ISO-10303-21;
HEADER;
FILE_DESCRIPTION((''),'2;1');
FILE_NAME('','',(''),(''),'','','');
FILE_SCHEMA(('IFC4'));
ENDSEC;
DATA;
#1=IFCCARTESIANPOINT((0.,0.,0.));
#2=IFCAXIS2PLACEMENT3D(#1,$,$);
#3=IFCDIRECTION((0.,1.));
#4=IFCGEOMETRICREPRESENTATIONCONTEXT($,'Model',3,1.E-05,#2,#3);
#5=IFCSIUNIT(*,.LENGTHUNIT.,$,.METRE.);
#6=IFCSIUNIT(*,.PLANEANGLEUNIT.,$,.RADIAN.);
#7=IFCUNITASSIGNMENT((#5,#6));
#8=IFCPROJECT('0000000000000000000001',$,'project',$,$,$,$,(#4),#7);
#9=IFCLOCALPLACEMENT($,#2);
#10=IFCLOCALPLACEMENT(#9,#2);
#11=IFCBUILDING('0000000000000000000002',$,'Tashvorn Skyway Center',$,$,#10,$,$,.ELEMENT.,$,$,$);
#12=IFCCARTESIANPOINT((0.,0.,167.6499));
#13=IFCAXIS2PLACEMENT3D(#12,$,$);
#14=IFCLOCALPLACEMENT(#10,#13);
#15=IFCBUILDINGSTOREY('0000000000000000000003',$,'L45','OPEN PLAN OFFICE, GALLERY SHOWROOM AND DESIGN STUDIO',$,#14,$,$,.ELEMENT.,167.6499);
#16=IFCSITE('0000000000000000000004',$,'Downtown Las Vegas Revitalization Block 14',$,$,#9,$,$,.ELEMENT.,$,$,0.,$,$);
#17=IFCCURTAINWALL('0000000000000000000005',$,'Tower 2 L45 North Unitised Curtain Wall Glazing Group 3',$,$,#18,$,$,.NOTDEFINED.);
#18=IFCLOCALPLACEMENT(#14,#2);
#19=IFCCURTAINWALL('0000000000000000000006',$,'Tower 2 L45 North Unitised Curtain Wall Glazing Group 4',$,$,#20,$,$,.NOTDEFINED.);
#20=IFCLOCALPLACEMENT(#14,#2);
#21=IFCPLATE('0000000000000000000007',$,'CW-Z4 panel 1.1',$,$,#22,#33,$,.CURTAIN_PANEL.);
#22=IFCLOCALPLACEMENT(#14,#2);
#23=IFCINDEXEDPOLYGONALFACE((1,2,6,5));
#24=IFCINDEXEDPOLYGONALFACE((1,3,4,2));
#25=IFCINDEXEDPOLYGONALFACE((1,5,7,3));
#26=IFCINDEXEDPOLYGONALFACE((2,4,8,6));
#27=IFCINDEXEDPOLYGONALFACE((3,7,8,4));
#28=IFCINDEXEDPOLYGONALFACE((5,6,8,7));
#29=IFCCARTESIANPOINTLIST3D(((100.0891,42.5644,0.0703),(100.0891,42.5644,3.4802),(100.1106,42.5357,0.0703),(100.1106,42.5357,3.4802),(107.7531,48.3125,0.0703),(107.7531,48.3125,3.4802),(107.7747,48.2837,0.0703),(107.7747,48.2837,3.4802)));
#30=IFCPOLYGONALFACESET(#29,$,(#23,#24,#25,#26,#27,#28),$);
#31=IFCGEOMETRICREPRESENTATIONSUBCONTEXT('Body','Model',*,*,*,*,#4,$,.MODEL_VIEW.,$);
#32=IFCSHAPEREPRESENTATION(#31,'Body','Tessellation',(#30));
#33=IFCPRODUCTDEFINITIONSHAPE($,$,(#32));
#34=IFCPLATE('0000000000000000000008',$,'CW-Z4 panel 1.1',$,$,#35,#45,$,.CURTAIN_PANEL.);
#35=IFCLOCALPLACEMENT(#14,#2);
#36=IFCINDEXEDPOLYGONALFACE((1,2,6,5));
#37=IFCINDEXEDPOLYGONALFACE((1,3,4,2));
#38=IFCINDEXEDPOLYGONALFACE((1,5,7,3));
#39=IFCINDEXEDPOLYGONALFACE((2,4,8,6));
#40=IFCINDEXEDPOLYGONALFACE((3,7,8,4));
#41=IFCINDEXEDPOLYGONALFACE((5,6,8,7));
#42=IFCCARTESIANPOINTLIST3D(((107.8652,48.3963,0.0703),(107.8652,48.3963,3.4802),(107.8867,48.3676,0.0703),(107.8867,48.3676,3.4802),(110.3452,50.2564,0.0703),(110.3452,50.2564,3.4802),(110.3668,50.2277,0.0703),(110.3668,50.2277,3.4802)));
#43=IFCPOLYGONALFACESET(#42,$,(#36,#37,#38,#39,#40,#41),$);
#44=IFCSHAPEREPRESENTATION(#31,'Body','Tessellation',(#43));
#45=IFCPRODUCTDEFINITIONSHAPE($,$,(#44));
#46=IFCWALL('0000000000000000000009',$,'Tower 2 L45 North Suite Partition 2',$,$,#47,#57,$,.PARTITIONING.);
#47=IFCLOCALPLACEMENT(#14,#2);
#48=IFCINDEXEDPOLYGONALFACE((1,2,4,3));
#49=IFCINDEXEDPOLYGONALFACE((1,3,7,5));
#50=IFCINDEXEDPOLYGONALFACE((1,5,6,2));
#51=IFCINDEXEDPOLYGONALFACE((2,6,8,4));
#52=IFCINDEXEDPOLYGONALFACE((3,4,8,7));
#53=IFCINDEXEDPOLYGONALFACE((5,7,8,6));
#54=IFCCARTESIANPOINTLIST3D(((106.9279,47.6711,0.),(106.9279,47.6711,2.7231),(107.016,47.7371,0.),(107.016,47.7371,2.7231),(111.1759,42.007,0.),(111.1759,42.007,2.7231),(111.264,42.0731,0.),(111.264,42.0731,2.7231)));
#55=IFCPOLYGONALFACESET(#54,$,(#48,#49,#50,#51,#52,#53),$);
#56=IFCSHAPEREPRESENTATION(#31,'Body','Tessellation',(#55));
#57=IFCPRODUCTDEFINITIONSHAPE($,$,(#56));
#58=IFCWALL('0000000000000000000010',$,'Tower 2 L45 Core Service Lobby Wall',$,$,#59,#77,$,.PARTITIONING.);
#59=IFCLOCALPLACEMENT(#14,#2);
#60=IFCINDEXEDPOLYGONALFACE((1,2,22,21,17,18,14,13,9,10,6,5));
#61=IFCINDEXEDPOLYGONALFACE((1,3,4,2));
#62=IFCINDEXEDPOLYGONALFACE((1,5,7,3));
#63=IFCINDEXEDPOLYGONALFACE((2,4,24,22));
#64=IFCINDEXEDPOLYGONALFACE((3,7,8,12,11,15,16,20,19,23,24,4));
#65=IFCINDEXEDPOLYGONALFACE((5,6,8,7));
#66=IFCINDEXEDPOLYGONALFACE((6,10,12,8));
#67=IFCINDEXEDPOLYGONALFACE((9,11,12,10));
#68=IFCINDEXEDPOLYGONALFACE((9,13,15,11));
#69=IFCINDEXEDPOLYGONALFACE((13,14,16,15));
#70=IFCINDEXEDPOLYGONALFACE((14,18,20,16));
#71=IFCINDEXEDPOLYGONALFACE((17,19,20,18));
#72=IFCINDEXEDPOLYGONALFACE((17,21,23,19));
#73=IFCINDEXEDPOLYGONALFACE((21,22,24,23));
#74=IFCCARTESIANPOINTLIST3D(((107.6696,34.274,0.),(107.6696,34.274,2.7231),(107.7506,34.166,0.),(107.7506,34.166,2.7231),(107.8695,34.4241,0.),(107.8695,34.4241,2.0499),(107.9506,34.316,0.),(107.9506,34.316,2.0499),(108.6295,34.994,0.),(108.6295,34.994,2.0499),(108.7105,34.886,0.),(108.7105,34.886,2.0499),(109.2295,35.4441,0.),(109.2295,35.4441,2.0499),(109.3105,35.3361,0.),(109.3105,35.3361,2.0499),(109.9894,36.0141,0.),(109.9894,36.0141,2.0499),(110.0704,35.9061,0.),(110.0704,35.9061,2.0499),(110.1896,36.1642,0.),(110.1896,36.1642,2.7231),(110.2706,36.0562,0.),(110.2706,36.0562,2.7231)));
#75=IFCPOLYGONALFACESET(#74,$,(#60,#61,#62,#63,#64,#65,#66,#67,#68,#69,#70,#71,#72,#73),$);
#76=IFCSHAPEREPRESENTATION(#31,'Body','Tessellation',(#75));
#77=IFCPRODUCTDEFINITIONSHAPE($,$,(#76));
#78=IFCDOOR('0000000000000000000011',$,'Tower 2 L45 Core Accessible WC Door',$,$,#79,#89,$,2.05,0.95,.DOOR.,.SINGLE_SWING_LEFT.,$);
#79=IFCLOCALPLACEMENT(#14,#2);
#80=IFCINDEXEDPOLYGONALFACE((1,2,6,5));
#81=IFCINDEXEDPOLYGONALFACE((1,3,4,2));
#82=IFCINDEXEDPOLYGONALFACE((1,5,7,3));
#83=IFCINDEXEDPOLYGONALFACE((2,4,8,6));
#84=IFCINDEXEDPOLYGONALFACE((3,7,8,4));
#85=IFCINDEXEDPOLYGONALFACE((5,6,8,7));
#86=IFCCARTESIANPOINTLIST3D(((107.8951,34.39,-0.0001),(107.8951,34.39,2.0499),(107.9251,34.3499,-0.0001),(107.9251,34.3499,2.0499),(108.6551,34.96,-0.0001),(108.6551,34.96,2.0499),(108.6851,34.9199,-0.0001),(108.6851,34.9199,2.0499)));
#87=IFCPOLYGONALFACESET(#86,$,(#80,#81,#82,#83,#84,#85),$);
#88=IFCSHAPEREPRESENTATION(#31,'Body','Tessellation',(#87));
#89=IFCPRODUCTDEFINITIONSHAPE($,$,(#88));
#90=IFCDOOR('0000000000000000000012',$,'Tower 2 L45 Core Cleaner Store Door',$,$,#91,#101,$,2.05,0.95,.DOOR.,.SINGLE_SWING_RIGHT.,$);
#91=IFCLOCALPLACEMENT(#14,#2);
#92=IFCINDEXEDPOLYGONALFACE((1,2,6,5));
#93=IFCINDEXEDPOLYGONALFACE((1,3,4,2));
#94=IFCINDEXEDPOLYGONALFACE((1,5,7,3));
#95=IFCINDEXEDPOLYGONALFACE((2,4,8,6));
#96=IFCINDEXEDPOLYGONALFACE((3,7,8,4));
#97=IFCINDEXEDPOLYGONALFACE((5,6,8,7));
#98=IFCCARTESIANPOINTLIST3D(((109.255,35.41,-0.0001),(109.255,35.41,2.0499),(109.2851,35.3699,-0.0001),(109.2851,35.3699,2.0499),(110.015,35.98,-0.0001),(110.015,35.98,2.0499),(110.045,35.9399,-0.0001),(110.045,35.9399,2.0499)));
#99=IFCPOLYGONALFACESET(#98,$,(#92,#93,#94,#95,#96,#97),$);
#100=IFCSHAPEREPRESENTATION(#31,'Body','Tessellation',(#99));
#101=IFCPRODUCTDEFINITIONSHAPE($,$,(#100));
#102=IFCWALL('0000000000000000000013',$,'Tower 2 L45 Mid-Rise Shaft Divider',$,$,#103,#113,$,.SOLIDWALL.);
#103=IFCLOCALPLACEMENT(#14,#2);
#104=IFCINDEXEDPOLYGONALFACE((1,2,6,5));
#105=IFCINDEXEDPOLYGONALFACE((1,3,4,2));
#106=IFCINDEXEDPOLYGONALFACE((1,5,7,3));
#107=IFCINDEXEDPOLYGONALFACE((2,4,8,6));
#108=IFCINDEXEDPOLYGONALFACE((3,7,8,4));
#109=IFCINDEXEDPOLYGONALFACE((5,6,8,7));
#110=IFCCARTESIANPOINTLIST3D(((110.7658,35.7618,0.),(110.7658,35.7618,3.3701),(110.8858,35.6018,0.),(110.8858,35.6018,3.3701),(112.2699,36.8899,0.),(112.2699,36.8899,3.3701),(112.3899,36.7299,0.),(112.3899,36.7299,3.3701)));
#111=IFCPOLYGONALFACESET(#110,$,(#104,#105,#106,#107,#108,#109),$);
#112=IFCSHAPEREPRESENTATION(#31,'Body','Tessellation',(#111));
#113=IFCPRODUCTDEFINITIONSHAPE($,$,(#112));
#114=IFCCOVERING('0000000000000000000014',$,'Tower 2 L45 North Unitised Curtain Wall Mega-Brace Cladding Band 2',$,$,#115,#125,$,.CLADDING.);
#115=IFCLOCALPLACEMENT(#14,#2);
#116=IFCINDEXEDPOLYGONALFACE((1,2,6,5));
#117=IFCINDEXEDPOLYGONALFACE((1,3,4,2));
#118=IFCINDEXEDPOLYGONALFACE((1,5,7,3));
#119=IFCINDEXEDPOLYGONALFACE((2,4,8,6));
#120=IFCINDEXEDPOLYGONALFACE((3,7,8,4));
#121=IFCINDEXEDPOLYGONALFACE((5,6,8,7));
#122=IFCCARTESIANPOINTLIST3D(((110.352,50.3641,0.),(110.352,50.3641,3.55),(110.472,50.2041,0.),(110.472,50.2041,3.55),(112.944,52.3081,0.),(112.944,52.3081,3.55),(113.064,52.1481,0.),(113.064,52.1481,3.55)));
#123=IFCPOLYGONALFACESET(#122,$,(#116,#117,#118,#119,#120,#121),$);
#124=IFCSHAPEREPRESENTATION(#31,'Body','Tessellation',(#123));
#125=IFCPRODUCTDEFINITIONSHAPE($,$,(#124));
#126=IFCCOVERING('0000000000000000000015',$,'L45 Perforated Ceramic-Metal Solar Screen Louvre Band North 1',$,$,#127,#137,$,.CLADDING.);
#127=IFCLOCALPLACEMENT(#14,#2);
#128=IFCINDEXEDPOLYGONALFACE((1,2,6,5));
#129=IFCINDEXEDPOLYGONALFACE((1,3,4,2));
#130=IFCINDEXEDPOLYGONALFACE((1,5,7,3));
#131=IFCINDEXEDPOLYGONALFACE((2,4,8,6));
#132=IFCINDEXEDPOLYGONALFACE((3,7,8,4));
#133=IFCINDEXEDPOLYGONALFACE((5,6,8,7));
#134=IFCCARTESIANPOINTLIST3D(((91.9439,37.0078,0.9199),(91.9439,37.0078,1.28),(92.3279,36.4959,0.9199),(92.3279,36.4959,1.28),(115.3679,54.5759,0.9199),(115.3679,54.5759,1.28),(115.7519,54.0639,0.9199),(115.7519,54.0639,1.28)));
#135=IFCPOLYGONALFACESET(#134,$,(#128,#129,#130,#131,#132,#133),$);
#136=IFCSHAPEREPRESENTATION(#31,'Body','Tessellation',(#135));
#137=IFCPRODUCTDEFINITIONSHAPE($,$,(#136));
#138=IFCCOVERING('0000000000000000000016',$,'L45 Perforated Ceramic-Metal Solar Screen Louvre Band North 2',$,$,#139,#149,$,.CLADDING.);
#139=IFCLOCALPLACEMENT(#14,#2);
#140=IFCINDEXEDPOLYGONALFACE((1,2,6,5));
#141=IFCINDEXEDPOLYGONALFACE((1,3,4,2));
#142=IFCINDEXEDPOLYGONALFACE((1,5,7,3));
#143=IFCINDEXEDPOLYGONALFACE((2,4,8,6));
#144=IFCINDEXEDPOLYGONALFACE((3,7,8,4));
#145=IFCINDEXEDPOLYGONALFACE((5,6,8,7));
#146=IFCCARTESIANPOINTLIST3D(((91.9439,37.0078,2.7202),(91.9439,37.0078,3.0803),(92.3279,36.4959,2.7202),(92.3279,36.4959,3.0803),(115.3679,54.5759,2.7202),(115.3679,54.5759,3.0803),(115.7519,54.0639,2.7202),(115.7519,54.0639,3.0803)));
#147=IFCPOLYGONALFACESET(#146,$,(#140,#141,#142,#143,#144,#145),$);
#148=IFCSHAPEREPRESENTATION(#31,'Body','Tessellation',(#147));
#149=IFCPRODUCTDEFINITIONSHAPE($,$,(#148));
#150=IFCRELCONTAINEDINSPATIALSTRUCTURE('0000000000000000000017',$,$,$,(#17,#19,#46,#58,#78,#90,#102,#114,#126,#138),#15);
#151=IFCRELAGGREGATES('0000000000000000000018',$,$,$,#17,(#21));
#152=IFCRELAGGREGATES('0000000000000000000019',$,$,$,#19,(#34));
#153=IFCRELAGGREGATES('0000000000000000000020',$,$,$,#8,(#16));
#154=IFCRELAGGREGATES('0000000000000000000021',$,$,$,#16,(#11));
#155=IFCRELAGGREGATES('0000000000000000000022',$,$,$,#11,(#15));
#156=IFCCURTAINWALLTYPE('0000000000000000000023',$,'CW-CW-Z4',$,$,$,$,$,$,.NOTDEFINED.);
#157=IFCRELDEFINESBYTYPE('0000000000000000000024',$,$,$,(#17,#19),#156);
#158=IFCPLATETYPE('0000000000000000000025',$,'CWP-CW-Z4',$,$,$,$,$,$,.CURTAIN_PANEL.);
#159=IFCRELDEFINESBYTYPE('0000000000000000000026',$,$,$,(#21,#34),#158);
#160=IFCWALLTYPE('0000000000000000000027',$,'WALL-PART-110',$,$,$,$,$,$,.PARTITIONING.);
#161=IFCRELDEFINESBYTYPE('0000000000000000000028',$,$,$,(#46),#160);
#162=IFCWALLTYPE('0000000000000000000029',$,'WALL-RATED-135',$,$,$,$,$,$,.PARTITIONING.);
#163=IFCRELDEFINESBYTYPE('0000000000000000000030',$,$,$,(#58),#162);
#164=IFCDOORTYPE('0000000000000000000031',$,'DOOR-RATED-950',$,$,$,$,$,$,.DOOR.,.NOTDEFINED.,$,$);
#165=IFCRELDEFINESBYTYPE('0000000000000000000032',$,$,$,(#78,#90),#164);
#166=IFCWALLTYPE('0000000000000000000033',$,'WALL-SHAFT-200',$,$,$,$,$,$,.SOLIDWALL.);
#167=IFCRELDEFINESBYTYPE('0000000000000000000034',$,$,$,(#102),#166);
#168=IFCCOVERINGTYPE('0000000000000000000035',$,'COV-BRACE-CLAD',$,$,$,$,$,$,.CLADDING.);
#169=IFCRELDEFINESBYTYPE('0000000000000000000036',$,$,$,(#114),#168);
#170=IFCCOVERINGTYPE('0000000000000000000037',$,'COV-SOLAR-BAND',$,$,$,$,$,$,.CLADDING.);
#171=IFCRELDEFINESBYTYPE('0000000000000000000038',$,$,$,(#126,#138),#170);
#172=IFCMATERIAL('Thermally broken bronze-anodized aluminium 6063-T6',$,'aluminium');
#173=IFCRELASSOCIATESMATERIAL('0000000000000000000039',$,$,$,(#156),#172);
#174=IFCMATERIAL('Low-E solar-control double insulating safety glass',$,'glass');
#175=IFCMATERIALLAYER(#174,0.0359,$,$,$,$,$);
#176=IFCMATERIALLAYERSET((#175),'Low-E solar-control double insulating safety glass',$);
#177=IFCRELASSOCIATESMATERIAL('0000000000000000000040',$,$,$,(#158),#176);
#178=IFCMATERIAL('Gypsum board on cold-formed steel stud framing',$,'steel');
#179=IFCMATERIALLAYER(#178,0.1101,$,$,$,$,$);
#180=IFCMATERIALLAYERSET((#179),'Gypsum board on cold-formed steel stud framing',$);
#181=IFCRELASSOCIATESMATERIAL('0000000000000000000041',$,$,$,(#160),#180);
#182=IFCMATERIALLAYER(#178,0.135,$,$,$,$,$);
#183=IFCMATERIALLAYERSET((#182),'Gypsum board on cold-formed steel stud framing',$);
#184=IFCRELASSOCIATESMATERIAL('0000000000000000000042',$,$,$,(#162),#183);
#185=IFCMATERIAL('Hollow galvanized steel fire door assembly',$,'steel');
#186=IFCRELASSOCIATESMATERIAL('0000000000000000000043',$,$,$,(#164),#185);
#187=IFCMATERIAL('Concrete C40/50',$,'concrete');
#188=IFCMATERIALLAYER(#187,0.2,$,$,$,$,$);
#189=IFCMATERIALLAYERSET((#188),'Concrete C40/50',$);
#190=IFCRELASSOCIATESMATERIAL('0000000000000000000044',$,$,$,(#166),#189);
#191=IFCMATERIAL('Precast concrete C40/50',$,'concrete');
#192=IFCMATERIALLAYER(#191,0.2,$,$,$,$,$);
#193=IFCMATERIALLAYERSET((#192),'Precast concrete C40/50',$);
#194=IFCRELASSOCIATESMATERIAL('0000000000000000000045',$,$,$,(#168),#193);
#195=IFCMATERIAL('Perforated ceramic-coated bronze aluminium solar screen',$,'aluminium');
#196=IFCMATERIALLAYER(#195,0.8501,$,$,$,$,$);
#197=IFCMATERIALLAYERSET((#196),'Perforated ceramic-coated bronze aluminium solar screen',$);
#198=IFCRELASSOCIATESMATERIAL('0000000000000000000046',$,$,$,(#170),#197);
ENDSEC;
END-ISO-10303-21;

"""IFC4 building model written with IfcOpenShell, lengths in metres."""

from ifc_helpers import new_model, si_unit, direction, frame, frame_2d, origin, origin_2d, place, context, subcontext, project, spatial, rectangle, extrude, material, layer, layer_set, type_object, element, fill, aggregate, save


model = new_model("IFC4")

# Units and contexts
model_context = context("Model", 3, precision=1e-05, world=origin(), true_north=direction((0.0, 1.0)))
body_context = subcontext(model_context, "Body", "Model", "MODEL_VIEW")
ifc_project = project(units=[si_unit("LENGTHUNIT", "METRE"), si_unit("PLANEANGLEUNIT", "RADIAN")], contexts=[model_context])

# Site, building, storey
site_placement = place(None, origin())
site = spatial("IfcSite", under=ifc_project, at=site_placement, Name="Downtown Las Vegas Revitalization Block 14", CompositionType="ELEMENT", RefElevation=0.0)
building_placement = place(site_placement, origin())
building = spatial("IfcBuilding", under=site, at=building_placement, Name="Tashvorn Skyway Center", CompositionType="ELEMENT")
storey_placement = place(building_placement, frame((0.0, 0.0, 167.6499)))
storey = spatial("IfcBuildingStorey", under=building, at=storey_placement, Name="L45", Description="OPEN PLAN OFFICE, GALLERY SHOWROOM AND DESIGN STUDIO", CompositionType="ELEMENT", Elevation=167.6499)

# Curtain wall
ifc_material_1 = material(Name="Thermally broken bronze-anodized aluminium 6063-T6", Category="aluminium")
curtain_wall_type = type_object("IfcCurtainWallType", Name="CW-CW-Z4", PredefinedType="NOTDEFINED", material=ifc_material_1)
curtain_wall_1_placement = place(storey_placement, origin())
curtain_wall_1 = element("IfcCurtainWall", 1, at=curtain_wall_1_placement, inside=storey, type_object=curtain_wall_type, Name="Tower 2 L45 North Unitised Curtain Wall Glazing Group 3", PredefinedType="NOTDEFINED")

# Curtain wall
curtain_wall_2_placement = place(storey_placement, origin())
curtain_wall_2 = element("IfcCurtainWall", 2, at=curtain_wall_2_placement, inside=storey, type_object=curtain_wall_type, Name="Tower 2 L45 North Unitised Curtain Wall Glazing Group 4", PredefinedType="NOTDEFINED")

# Plates
ifc_material_2 = material(Name="Low-E solar-control double insulating safety glass", Category="glass")
ifc_layer_1 = layer(ifc_material_2, 0.0359)
ifc_layer_set_1 = layer_set([ifc_layer_1], Name="Low-E solar-control double insulating safety glass")
plate_type = type_object("IfcPlateType", Name="CWP-CW-Z4", PredefinedType="CURTAIN_PANEL", material=ifc_layer_set_1)
plate_1_placement = place(storey_placement, frame((103.9319, 45.4241, 0.0703), z_axis=(0.0, 0.0, 1.0), x_axis=(0.8, 0.6, 0.0)))
plate_1 = element("IfcPlate", 3, at=plate_1_placement, type_object=plate_type, Name="CW-Z4 panel 1.1", PredefinedType="CURTAIN_PANEL", context=body_context, shape_type="SweptSolid", body=[
    extrude(rectangle(XDim=9.5801, YDim=0.0359, at=origin_2d()), origin(), (0.0, 0.0, 1.0), 3.4099),
])
aggregate(curtain_wall_1, [plate_1])
plate_2_placement = place(storey_placement, frame((109.116, 49.312, 0.0703), z_axis=(0.0, 0.0, 1.0), x_axis=(0.8, 0.6, 0.0)))
plate_2 = element("IfcPlate", 4, at=plate_2_placement, type_object=plate_type, Name="CW-Z4 panel 1.1", PredefinedType="CURTAIN_PANEL", context=body_context, shape_type="SweptSolid", body=[
    extrude(rectangle(XDim=3.1001, YDim=0.0359, at=origin_2d()), origin(), (0.0, 0.0, 1.0), 3.4099),
])
aggregate(curtain_wall_2, [plate_2])

# Wall
ifc_material_3 = material(Name="Gypsum board on cold-formed steel stud framing", Category="steel")
ifc_layer_2 = layer(ifc_material_3, 0.1101)
ifc_layer_set_2 = layer_set([ifc_layer_2], Name="Gypsum board on cold-formed steel stud framing")
wall_type_1 = type_object("IfcWallType", Name="WALL-PART-110", PredefinedType="PARTITIONING", material=ifc_layer_set_2)
wall_1_placement = place(storey_placement, frame((111.22, 42.04, 0.0), z_axis=(0.0, 0.0, 1.0), x_axis=(-0.6, 0.8, 0.0)))
element("IfcWall", 5, at=wall_1_placement, inside=storey, type_object=wall_type_1, Name="Tower 2 L45 North Suite Partition 2", PredefinedType="PARTITIONING", context=body_context, shape_type="SweptSolid", body=[
    extrude(rectangle(XDim=7.0801, YDim=0.1101, at=frame_2d((3.54, 0.0))), origin(), (0.0, 0.0, 1.0), 2.7231),
])

# Wall, openings, doors
ifc_layer_3 = layer(ifc_material_3, 0.135)
ifc_layer_set_3 = layer_set([ifc_layer_3], Name="Gypsum board on cold-formed steel stud framing")
wall_type_2 = type_object("IfcWallType", Name="WALL-RATED-135", PredefinedType="PARTITIONING", material=ifc_layer_set_3)
wall_2_placement = place(storey_placement, frame((107.71, 34.22, 0.0), z_axis=(0.0, 0.0, 1.0), x_axis=(0.799981, 0.600025, 0.0)))
wall_2 = element("IfcWall", 6, at=wall_2_placement, inside=storey, type_object=wall_type_2, Name="Tower 2 L45 Core Service Lobby Wall", PredefinedType="PARTITIONING", context=body_context, shape_type="SweptSolid", body=[
    extrude(rectangle(XDim=3.1501, YDim=0.135, at=frame_2d((1.5752, 0.0))), origin(), (0.0, 0.0, 1.0), 2.7231),
])
opening_1_placement = place(wall_2_placement, frame((0.25, 0.0, 0.0)))
opening_1 = element("IfcOpeningElement", 7, at=opening_1_placement, cuts=wall_2, PredefinedType="OPENING", context=body_context, shape_type="SweptSolid", body=[
    extrude(rectangle(XDim=0.95, YDim=2.05, at=frame_2d((0.4751, 1.0249))), frame((0.0, 0.0774, 0.0), z_axis=(0.0, -1.0, 0.0), x_axis=(1.0, 0.0, 0.0)), (0.0, 0.0, 1.0), 0.155),
])
opening_2_placement = place(wall_2_placement, frame((1.95, 0.0, 0.0)))
opening_2 = element("IfcOpeningElement", 8, at=opening_2_placement, cuts=wall_2, PredefinedType="OPENING", context=body_context, shape_type="SweptSolid", body=[
    extrude(rectangle(XDim=0.95, YDim=2.05, at=frame_2d((0.4751, 1.0249))), frame((0.0, 0.0774, 0.0), z_axis=(0.0, -1.0, 0.0), x_axis=(1.0, 0.0, 0.0)), (0.0, 0.0, 1.0), 0.155),
])
ifc_material_4 = material(Name="Hollow galvanized steel fire door assembly", Category="steel")
door_type = type_object("IfcDoorType", Name="DOOR-RATED-950", OperationType="NOTDEFINED", PredefinedType="DOOR", material=ifc_material_4)
door_1_placement = place(opening_1_placement, origin())
door_1 = element("IfcDoor", 9, at=door_1_placement, inside=storey, type_object=door_type, Name="Tower 2 L45 Core Accessible WC Door", OperationType="SINGLE_SWING_LEFT", OverallHeight=2.05, OverallWidth=0.95, PredefinedType="DOOR", context=body_context, shape_type="SweptSolid", body=[
    extrude(rectangle(XDim=0.95, YDim=2.05, at=frame_2d((0.4751, 1.0249))), frame((0.0, 0.0249, 0.0), z_axis=(0.0, -1.0, 0.0), x_axis=(1.0, 0.0, 0.0)), (0.0, 0.0, 1.0), 0.05),
])
fill(opening_1, door_1)
door_2_placement = place(opening_2_placement, origin())
door_2 = element("IfcDoor", 10, at=door_2_placement, inside=storey, type_object=door_type, Name="Tower 2 L45 Core Cleaner Store Door", OperationType="SINGLE_SWING_RIGHT", OverallHeight=2.05, OverallWidth=0.95, PredefinedType="DOOR", context=body_context, shape_type="SweptSolid", body=[
    extrude(rectangle(XDim=0.95, YDim=2.05, at=frame_2d((0.4751, 1.0249))), frame((0.0, 0.0249, 0.0), z_axis=(0.0, -1.0, 0.0), x_axis=(1.0, 0.0, 0.0)), (0.0, 0.0, 1.0), 0.05),
])
fill(opening_2, door_2)

# Wall
ifc_material_5 = material(Name="Concrete C40/50", Category="concrete")
ifc_layer_4 = layer(ifc_material_5, 0.2)
ifc_layer_set_4 = layer_set([ifc_layer_4], Name="Concrete C40/50")
wall_type_3 = type_object("IfcWallType", Name="WALL-SHAFT-200", PredefinedType="SOLIDWALL", material=ifc_layer_set_4)
wall_3_placement = place(storey_placement, frame((110.8259, 35.6819, 0.0), z_axis=(0.0, 0.0, 1.0), x_axis=(0.799984, 0.600021, 0.0)))
element("IfcWall", 11, at=wall_3_placement, inside=storey, type_object=wall_type_3, Name="Tower 2 L45 Mid-Rise Shaft Divider", PredefinedType="SOLIDWALL", context=body_context, shape_type="SweptSolid", body=[
    extrude(rectangle(XDim=1.8801, YDim=0.2, at=frame_2d((0.9399, 0.0))), origin(), (0.0, 0.0, 1.0), 3.3701),
])

# Coverings
ifc_material_6 = material(Name="Precast concrete C40/50", Category="concrete")
ifc_layer_5 = layer(ifc_material_6, 0.2)
ifc_layer_set_5 = layer_set([ifc_layer_5], Name="Precast concrete C40/50")
covering_type_1 = type_object("IfcCoveringType", Name="COV-BRACE-CLAD", PredefinedType="CLADDING", material=ifc_layer_set_5)
covering_placement = place(storey_placement, frame((111.708, 51.2561, 0.0), z_axis=(0.0, 0.0, 1.0), x_axis=(0.8, 0.6, 0.0)))
element("IfcCovering", 12, at=covering_placement, inside=storey, type_object=covering_type_1, Name="Tower 2 L45 North Unitised Curtain Wall Mega-Brace Cladding Band 2", PredefinedType="CLADDING", context=body_context, shape_type="SweptSolid", body=[
    extrude(rectangle(XDim=3.24, YDim=0.2, at=origin_2d()), origin(), (0.0, 0.0, 1.0), 3.55),
])
ifc_material_7 = material(Name="Perforated ceramic-coated bronze aluminium solar screen", Category="aluminium")
ifc_layer_6 = layer(ifc_material_7, 0.8501)
ifc_layer_set_6 = layer_set([ifc_layer_6], Name="Perforated ceramic-coated bronze aluminium solar screen")
covering_type_2 = type_object("IfcCoveringType", Name="COV-SOLAR-BAND", PredefinedType="CLADDING", material=ifc_layer_set_6)
for number, where, z_axis, x_axis, name in (
    (13, (103.8479, 45.5359, 0.9199), (0.0, 0.0, 1.0), (0.8, 0.6, 0.0), "L45 Perforated Ceramic-Metal Solar Screen Louvre Band North 1"),
    (14, (103.8479, 45.5359, 2.7202), (0.0, 0.0, 1.0), (0.8, 0.6, 0.0), "L45 Perforated Ceramic-Metal Solar Screen Louvre Band North 2"),
):
    element("IfcCovering", number, at=place(storey_placement, frame(where, z_axis=z_axis, x_axis=x_axis)), inside=storey, type_object=covering_type_2, Name=name, PredefinedType="CLADDING", context=body_context, shape_type="SweptSolid", body=[
        extrude(rectangle(XDim=29.28, YDim=0.6399, at=origin_2d()), origin(), (0.0, 0.0, 1.0), 0.3601),
    ])

save(model, "model.ifc")
